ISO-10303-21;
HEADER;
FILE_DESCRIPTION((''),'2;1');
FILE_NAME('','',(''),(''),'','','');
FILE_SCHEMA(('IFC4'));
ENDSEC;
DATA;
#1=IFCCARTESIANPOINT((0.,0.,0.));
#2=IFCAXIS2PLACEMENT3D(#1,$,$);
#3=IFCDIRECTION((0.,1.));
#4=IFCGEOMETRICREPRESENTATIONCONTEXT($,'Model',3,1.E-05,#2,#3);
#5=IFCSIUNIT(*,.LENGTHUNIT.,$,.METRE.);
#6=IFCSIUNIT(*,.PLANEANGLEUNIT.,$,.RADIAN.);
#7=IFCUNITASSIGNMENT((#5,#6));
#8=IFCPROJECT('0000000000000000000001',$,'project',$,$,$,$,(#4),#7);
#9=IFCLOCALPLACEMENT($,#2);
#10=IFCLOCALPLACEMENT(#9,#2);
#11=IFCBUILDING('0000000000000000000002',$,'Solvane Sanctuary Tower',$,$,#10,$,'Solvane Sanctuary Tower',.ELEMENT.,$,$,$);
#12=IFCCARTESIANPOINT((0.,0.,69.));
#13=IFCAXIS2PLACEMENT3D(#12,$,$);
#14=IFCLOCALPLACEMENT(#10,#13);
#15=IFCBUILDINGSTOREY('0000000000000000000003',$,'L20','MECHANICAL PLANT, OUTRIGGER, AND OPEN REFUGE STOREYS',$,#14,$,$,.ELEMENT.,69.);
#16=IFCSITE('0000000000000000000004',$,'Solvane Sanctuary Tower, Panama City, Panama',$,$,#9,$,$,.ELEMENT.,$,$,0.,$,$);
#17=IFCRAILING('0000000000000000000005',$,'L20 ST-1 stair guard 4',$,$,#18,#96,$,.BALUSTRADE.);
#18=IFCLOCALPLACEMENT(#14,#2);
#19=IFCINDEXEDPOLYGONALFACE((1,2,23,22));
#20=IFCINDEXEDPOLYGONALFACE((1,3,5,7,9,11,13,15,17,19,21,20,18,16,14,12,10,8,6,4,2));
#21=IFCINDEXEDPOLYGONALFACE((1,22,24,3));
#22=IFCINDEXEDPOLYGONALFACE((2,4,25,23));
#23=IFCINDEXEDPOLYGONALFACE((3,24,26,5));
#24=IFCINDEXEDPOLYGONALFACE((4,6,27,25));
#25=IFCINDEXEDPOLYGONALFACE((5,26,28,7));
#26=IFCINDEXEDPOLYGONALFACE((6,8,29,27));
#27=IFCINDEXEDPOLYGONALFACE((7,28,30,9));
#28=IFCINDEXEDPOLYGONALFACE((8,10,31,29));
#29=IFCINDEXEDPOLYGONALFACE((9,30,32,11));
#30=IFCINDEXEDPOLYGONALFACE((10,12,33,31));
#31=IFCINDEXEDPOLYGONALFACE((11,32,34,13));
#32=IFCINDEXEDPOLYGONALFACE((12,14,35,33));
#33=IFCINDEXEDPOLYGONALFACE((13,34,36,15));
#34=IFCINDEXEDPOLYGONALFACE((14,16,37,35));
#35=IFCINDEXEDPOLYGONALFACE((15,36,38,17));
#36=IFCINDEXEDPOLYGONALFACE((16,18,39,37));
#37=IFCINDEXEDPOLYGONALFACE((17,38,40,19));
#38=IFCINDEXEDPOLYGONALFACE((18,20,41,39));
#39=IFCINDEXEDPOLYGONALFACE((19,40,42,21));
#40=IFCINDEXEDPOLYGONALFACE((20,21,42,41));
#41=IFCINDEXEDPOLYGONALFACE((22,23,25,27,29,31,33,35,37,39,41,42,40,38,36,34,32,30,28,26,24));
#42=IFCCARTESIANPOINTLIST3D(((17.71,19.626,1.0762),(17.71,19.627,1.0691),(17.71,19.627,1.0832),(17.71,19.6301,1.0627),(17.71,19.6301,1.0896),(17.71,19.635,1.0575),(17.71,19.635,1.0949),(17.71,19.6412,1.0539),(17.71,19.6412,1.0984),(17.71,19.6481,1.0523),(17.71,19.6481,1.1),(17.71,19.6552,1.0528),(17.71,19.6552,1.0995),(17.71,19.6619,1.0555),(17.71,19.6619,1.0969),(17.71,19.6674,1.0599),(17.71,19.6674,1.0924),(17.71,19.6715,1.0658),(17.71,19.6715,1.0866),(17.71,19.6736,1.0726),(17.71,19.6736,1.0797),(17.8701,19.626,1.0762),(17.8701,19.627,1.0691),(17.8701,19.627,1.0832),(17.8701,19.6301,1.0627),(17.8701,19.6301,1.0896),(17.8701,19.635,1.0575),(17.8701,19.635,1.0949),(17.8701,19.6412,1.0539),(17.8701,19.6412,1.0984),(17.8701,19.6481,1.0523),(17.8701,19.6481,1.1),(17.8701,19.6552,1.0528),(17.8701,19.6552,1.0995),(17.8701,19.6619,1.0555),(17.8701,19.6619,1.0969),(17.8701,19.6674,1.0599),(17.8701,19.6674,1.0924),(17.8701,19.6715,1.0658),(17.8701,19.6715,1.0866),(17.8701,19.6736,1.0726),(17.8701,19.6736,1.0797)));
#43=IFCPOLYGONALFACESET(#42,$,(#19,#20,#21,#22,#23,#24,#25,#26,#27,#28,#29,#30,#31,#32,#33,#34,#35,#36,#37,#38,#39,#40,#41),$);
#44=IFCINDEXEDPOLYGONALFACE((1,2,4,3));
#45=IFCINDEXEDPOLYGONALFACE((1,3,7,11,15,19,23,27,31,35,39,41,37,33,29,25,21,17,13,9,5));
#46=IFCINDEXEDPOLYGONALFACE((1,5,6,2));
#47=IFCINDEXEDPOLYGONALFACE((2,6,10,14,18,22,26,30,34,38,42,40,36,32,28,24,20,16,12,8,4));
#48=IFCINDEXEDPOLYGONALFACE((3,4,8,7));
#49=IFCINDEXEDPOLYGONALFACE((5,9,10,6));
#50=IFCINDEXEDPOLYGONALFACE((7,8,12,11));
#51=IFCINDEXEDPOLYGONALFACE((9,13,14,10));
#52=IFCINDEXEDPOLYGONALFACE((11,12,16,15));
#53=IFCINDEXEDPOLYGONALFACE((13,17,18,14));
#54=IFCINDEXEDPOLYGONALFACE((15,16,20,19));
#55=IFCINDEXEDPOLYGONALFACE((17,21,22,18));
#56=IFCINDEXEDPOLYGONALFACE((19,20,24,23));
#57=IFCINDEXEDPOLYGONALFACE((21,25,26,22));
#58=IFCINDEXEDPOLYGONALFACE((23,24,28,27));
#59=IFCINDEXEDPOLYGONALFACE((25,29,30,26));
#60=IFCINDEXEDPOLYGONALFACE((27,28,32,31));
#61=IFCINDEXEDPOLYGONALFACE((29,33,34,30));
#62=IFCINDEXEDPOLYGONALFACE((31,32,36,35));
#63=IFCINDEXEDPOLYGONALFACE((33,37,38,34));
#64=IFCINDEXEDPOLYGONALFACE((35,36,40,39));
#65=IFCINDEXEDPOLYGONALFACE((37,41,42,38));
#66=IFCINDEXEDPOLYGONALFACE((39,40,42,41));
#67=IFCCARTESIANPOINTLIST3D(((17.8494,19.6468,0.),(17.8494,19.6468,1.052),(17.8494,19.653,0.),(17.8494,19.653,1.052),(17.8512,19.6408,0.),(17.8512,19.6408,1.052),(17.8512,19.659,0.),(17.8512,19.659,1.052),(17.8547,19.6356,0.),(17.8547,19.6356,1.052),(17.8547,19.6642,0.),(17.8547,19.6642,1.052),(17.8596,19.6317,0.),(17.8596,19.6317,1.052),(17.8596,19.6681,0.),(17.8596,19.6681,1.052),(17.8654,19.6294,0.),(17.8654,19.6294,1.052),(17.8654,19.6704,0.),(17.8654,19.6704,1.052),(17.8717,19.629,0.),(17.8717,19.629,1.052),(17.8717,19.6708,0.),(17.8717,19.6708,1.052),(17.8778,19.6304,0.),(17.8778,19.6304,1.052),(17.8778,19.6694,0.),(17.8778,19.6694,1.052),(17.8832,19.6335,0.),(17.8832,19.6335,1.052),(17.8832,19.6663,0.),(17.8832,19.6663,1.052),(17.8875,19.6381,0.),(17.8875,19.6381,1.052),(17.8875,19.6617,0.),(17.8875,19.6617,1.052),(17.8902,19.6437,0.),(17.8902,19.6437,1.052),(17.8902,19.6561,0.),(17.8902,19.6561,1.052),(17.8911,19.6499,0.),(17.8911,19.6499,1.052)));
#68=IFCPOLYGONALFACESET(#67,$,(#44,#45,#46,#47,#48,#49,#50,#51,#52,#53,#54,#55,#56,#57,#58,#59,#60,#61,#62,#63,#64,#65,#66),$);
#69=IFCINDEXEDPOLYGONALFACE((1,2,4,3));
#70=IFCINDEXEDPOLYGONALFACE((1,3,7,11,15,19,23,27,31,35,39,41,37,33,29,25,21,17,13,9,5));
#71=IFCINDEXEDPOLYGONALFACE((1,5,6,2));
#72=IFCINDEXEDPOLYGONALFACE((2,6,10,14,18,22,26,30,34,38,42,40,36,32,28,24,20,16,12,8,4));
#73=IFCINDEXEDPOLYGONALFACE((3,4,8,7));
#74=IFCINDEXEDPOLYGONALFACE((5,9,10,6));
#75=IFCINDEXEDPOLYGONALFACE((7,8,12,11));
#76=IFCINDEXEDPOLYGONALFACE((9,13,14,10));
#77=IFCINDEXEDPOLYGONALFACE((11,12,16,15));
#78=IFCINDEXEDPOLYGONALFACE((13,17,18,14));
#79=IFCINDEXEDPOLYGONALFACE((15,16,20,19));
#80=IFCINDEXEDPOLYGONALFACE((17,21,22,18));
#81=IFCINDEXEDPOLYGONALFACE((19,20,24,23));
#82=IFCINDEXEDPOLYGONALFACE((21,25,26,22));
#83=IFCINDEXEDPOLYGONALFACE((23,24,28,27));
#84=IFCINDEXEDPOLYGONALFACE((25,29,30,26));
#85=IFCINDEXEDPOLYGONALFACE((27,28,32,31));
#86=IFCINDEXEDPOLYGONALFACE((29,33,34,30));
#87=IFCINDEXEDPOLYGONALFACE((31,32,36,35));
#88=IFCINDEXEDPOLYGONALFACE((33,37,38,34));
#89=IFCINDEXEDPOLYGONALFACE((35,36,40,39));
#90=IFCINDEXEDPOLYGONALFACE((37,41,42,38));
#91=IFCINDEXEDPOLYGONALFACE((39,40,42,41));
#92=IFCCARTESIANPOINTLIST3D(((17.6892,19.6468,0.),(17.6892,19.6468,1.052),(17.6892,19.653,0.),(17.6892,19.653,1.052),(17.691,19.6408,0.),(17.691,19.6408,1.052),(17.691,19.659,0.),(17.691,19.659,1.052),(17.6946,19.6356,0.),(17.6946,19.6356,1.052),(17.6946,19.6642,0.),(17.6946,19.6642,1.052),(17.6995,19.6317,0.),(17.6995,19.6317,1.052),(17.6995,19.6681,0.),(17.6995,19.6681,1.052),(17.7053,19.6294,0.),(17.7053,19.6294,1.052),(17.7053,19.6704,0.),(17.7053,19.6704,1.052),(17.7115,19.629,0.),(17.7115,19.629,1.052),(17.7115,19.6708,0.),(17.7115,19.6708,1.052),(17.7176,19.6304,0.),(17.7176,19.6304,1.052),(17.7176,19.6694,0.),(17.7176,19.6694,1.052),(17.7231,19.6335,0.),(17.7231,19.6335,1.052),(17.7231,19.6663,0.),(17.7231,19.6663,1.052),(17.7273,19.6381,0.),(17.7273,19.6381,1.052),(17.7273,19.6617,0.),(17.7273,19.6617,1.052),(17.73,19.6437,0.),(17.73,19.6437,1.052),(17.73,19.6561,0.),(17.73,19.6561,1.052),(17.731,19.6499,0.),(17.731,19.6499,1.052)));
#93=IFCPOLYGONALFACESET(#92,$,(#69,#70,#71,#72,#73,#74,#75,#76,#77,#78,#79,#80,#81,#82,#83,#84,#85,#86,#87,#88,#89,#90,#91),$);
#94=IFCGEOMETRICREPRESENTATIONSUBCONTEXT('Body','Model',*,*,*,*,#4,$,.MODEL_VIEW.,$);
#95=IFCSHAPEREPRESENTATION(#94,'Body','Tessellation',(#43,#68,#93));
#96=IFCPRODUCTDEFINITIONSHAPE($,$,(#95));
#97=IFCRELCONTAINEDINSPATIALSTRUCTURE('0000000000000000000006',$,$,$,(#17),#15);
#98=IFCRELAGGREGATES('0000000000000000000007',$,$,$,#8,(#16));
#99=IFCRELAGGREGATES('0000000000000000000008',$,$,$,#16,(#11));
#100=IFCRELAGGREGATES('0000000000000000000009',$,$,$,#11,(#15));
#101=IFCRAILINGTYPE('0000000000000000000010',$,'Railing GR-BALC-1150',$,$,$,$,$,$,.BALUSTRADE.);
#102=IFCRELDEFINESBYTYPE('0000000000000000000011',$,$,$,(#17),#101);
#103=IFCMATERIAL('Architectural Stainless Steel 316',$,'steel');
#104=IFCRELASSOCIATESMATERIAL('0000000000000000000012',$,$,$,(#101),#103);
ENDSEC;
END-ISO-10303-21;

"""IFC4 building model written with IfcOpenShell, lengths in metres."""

from ifc_helpers import new_model, si_unit, direction, frame, origin, origin_2d, place, context, subcontext, project, spatial, circle, extrude, material, type_object, element, save


model = new_model("IFC4")

# Units and contexts
model_context = context("Model", 3, precision=1e-05, world=origin(), true_north=direction((0.0, 1.0)))
body_context = subcontext(model_context, "Body", "Model", "MODEL_VIEW")
ifc_project = project(units=[si_unit("LENGTHUNIT", "METRE"), si_unit("PLANEANGLEUNIT", "RADIAN")], contexts=[model_context])

# Site, building, storey
site_placement = place(None, origin())
site = spatial("IfcSite", under=ifc_project, at=site_placement, Name="Solvane Sanctuary Tower, Panama City, Panama", CompositionType="ELEMENT", RefElevation=0.0)
building_placement = place(site_placement, origin())
building = spatial("IfcBuilding", under=site, at=building_placement, Name="Solvane Sanctuary Tower", LongName="Solvane Sanctuary Tower", CompositionType="ELEMENT")
storey_placement = place(building_placement, frame((0.0, 0.0, 69.0)))
storey = spatial("IfcBuildingStorey", under=building, at=storey_placement, Name="L20", Description="MECHANICAL PLANT, OUTRIGGER, AND OPEN REFUGE STOREYS", CompositionType="ELEMENT", Elevation=69.0)

# Shared definitions
ifc_material_1 = material(Name="Architectural Stainless Steel 316", Category="steel")

# Railing
railing_type_1 = type_object("IfcRailingType", Name="Railing GR-BALC-1150", PredefinedType="BALUSTRADE", material=ifc_material_1)
railing_1_placement = place(storey_placement, frame((17.8701, 19.6499, 0.0)))
element("IfcRailing", 1, at=railing_1_placement, inside=storey, type_object=railing_type_1, Name="L20 ST-1 stair guard 4", PredefinedType="BALUSTRADE", context=body_context, shape_type="SweptSolid", body=[
    extrude(circle(Radius=0.0239, at=origin_2d()), frame((0.0, 0.0, 1.0762), z_axis=(-1.0, 0.0, 0.0), x_axis=(0.0, -1.0, 0.0)), (0.0, 0.0, 1.0), 0.1602),
    extrude(circle(Radius=0.021, at=origin_2d()), origin(), (0.0, 0.0, 1.0), 1.052),
    extrude(circle(Radius=0.021, at=origin_2d()), frame((-0.1602, 0.0, 0.0)), (0.0, 0.0, 1.0), 1.052),
])

save(model, "model.ifc")
